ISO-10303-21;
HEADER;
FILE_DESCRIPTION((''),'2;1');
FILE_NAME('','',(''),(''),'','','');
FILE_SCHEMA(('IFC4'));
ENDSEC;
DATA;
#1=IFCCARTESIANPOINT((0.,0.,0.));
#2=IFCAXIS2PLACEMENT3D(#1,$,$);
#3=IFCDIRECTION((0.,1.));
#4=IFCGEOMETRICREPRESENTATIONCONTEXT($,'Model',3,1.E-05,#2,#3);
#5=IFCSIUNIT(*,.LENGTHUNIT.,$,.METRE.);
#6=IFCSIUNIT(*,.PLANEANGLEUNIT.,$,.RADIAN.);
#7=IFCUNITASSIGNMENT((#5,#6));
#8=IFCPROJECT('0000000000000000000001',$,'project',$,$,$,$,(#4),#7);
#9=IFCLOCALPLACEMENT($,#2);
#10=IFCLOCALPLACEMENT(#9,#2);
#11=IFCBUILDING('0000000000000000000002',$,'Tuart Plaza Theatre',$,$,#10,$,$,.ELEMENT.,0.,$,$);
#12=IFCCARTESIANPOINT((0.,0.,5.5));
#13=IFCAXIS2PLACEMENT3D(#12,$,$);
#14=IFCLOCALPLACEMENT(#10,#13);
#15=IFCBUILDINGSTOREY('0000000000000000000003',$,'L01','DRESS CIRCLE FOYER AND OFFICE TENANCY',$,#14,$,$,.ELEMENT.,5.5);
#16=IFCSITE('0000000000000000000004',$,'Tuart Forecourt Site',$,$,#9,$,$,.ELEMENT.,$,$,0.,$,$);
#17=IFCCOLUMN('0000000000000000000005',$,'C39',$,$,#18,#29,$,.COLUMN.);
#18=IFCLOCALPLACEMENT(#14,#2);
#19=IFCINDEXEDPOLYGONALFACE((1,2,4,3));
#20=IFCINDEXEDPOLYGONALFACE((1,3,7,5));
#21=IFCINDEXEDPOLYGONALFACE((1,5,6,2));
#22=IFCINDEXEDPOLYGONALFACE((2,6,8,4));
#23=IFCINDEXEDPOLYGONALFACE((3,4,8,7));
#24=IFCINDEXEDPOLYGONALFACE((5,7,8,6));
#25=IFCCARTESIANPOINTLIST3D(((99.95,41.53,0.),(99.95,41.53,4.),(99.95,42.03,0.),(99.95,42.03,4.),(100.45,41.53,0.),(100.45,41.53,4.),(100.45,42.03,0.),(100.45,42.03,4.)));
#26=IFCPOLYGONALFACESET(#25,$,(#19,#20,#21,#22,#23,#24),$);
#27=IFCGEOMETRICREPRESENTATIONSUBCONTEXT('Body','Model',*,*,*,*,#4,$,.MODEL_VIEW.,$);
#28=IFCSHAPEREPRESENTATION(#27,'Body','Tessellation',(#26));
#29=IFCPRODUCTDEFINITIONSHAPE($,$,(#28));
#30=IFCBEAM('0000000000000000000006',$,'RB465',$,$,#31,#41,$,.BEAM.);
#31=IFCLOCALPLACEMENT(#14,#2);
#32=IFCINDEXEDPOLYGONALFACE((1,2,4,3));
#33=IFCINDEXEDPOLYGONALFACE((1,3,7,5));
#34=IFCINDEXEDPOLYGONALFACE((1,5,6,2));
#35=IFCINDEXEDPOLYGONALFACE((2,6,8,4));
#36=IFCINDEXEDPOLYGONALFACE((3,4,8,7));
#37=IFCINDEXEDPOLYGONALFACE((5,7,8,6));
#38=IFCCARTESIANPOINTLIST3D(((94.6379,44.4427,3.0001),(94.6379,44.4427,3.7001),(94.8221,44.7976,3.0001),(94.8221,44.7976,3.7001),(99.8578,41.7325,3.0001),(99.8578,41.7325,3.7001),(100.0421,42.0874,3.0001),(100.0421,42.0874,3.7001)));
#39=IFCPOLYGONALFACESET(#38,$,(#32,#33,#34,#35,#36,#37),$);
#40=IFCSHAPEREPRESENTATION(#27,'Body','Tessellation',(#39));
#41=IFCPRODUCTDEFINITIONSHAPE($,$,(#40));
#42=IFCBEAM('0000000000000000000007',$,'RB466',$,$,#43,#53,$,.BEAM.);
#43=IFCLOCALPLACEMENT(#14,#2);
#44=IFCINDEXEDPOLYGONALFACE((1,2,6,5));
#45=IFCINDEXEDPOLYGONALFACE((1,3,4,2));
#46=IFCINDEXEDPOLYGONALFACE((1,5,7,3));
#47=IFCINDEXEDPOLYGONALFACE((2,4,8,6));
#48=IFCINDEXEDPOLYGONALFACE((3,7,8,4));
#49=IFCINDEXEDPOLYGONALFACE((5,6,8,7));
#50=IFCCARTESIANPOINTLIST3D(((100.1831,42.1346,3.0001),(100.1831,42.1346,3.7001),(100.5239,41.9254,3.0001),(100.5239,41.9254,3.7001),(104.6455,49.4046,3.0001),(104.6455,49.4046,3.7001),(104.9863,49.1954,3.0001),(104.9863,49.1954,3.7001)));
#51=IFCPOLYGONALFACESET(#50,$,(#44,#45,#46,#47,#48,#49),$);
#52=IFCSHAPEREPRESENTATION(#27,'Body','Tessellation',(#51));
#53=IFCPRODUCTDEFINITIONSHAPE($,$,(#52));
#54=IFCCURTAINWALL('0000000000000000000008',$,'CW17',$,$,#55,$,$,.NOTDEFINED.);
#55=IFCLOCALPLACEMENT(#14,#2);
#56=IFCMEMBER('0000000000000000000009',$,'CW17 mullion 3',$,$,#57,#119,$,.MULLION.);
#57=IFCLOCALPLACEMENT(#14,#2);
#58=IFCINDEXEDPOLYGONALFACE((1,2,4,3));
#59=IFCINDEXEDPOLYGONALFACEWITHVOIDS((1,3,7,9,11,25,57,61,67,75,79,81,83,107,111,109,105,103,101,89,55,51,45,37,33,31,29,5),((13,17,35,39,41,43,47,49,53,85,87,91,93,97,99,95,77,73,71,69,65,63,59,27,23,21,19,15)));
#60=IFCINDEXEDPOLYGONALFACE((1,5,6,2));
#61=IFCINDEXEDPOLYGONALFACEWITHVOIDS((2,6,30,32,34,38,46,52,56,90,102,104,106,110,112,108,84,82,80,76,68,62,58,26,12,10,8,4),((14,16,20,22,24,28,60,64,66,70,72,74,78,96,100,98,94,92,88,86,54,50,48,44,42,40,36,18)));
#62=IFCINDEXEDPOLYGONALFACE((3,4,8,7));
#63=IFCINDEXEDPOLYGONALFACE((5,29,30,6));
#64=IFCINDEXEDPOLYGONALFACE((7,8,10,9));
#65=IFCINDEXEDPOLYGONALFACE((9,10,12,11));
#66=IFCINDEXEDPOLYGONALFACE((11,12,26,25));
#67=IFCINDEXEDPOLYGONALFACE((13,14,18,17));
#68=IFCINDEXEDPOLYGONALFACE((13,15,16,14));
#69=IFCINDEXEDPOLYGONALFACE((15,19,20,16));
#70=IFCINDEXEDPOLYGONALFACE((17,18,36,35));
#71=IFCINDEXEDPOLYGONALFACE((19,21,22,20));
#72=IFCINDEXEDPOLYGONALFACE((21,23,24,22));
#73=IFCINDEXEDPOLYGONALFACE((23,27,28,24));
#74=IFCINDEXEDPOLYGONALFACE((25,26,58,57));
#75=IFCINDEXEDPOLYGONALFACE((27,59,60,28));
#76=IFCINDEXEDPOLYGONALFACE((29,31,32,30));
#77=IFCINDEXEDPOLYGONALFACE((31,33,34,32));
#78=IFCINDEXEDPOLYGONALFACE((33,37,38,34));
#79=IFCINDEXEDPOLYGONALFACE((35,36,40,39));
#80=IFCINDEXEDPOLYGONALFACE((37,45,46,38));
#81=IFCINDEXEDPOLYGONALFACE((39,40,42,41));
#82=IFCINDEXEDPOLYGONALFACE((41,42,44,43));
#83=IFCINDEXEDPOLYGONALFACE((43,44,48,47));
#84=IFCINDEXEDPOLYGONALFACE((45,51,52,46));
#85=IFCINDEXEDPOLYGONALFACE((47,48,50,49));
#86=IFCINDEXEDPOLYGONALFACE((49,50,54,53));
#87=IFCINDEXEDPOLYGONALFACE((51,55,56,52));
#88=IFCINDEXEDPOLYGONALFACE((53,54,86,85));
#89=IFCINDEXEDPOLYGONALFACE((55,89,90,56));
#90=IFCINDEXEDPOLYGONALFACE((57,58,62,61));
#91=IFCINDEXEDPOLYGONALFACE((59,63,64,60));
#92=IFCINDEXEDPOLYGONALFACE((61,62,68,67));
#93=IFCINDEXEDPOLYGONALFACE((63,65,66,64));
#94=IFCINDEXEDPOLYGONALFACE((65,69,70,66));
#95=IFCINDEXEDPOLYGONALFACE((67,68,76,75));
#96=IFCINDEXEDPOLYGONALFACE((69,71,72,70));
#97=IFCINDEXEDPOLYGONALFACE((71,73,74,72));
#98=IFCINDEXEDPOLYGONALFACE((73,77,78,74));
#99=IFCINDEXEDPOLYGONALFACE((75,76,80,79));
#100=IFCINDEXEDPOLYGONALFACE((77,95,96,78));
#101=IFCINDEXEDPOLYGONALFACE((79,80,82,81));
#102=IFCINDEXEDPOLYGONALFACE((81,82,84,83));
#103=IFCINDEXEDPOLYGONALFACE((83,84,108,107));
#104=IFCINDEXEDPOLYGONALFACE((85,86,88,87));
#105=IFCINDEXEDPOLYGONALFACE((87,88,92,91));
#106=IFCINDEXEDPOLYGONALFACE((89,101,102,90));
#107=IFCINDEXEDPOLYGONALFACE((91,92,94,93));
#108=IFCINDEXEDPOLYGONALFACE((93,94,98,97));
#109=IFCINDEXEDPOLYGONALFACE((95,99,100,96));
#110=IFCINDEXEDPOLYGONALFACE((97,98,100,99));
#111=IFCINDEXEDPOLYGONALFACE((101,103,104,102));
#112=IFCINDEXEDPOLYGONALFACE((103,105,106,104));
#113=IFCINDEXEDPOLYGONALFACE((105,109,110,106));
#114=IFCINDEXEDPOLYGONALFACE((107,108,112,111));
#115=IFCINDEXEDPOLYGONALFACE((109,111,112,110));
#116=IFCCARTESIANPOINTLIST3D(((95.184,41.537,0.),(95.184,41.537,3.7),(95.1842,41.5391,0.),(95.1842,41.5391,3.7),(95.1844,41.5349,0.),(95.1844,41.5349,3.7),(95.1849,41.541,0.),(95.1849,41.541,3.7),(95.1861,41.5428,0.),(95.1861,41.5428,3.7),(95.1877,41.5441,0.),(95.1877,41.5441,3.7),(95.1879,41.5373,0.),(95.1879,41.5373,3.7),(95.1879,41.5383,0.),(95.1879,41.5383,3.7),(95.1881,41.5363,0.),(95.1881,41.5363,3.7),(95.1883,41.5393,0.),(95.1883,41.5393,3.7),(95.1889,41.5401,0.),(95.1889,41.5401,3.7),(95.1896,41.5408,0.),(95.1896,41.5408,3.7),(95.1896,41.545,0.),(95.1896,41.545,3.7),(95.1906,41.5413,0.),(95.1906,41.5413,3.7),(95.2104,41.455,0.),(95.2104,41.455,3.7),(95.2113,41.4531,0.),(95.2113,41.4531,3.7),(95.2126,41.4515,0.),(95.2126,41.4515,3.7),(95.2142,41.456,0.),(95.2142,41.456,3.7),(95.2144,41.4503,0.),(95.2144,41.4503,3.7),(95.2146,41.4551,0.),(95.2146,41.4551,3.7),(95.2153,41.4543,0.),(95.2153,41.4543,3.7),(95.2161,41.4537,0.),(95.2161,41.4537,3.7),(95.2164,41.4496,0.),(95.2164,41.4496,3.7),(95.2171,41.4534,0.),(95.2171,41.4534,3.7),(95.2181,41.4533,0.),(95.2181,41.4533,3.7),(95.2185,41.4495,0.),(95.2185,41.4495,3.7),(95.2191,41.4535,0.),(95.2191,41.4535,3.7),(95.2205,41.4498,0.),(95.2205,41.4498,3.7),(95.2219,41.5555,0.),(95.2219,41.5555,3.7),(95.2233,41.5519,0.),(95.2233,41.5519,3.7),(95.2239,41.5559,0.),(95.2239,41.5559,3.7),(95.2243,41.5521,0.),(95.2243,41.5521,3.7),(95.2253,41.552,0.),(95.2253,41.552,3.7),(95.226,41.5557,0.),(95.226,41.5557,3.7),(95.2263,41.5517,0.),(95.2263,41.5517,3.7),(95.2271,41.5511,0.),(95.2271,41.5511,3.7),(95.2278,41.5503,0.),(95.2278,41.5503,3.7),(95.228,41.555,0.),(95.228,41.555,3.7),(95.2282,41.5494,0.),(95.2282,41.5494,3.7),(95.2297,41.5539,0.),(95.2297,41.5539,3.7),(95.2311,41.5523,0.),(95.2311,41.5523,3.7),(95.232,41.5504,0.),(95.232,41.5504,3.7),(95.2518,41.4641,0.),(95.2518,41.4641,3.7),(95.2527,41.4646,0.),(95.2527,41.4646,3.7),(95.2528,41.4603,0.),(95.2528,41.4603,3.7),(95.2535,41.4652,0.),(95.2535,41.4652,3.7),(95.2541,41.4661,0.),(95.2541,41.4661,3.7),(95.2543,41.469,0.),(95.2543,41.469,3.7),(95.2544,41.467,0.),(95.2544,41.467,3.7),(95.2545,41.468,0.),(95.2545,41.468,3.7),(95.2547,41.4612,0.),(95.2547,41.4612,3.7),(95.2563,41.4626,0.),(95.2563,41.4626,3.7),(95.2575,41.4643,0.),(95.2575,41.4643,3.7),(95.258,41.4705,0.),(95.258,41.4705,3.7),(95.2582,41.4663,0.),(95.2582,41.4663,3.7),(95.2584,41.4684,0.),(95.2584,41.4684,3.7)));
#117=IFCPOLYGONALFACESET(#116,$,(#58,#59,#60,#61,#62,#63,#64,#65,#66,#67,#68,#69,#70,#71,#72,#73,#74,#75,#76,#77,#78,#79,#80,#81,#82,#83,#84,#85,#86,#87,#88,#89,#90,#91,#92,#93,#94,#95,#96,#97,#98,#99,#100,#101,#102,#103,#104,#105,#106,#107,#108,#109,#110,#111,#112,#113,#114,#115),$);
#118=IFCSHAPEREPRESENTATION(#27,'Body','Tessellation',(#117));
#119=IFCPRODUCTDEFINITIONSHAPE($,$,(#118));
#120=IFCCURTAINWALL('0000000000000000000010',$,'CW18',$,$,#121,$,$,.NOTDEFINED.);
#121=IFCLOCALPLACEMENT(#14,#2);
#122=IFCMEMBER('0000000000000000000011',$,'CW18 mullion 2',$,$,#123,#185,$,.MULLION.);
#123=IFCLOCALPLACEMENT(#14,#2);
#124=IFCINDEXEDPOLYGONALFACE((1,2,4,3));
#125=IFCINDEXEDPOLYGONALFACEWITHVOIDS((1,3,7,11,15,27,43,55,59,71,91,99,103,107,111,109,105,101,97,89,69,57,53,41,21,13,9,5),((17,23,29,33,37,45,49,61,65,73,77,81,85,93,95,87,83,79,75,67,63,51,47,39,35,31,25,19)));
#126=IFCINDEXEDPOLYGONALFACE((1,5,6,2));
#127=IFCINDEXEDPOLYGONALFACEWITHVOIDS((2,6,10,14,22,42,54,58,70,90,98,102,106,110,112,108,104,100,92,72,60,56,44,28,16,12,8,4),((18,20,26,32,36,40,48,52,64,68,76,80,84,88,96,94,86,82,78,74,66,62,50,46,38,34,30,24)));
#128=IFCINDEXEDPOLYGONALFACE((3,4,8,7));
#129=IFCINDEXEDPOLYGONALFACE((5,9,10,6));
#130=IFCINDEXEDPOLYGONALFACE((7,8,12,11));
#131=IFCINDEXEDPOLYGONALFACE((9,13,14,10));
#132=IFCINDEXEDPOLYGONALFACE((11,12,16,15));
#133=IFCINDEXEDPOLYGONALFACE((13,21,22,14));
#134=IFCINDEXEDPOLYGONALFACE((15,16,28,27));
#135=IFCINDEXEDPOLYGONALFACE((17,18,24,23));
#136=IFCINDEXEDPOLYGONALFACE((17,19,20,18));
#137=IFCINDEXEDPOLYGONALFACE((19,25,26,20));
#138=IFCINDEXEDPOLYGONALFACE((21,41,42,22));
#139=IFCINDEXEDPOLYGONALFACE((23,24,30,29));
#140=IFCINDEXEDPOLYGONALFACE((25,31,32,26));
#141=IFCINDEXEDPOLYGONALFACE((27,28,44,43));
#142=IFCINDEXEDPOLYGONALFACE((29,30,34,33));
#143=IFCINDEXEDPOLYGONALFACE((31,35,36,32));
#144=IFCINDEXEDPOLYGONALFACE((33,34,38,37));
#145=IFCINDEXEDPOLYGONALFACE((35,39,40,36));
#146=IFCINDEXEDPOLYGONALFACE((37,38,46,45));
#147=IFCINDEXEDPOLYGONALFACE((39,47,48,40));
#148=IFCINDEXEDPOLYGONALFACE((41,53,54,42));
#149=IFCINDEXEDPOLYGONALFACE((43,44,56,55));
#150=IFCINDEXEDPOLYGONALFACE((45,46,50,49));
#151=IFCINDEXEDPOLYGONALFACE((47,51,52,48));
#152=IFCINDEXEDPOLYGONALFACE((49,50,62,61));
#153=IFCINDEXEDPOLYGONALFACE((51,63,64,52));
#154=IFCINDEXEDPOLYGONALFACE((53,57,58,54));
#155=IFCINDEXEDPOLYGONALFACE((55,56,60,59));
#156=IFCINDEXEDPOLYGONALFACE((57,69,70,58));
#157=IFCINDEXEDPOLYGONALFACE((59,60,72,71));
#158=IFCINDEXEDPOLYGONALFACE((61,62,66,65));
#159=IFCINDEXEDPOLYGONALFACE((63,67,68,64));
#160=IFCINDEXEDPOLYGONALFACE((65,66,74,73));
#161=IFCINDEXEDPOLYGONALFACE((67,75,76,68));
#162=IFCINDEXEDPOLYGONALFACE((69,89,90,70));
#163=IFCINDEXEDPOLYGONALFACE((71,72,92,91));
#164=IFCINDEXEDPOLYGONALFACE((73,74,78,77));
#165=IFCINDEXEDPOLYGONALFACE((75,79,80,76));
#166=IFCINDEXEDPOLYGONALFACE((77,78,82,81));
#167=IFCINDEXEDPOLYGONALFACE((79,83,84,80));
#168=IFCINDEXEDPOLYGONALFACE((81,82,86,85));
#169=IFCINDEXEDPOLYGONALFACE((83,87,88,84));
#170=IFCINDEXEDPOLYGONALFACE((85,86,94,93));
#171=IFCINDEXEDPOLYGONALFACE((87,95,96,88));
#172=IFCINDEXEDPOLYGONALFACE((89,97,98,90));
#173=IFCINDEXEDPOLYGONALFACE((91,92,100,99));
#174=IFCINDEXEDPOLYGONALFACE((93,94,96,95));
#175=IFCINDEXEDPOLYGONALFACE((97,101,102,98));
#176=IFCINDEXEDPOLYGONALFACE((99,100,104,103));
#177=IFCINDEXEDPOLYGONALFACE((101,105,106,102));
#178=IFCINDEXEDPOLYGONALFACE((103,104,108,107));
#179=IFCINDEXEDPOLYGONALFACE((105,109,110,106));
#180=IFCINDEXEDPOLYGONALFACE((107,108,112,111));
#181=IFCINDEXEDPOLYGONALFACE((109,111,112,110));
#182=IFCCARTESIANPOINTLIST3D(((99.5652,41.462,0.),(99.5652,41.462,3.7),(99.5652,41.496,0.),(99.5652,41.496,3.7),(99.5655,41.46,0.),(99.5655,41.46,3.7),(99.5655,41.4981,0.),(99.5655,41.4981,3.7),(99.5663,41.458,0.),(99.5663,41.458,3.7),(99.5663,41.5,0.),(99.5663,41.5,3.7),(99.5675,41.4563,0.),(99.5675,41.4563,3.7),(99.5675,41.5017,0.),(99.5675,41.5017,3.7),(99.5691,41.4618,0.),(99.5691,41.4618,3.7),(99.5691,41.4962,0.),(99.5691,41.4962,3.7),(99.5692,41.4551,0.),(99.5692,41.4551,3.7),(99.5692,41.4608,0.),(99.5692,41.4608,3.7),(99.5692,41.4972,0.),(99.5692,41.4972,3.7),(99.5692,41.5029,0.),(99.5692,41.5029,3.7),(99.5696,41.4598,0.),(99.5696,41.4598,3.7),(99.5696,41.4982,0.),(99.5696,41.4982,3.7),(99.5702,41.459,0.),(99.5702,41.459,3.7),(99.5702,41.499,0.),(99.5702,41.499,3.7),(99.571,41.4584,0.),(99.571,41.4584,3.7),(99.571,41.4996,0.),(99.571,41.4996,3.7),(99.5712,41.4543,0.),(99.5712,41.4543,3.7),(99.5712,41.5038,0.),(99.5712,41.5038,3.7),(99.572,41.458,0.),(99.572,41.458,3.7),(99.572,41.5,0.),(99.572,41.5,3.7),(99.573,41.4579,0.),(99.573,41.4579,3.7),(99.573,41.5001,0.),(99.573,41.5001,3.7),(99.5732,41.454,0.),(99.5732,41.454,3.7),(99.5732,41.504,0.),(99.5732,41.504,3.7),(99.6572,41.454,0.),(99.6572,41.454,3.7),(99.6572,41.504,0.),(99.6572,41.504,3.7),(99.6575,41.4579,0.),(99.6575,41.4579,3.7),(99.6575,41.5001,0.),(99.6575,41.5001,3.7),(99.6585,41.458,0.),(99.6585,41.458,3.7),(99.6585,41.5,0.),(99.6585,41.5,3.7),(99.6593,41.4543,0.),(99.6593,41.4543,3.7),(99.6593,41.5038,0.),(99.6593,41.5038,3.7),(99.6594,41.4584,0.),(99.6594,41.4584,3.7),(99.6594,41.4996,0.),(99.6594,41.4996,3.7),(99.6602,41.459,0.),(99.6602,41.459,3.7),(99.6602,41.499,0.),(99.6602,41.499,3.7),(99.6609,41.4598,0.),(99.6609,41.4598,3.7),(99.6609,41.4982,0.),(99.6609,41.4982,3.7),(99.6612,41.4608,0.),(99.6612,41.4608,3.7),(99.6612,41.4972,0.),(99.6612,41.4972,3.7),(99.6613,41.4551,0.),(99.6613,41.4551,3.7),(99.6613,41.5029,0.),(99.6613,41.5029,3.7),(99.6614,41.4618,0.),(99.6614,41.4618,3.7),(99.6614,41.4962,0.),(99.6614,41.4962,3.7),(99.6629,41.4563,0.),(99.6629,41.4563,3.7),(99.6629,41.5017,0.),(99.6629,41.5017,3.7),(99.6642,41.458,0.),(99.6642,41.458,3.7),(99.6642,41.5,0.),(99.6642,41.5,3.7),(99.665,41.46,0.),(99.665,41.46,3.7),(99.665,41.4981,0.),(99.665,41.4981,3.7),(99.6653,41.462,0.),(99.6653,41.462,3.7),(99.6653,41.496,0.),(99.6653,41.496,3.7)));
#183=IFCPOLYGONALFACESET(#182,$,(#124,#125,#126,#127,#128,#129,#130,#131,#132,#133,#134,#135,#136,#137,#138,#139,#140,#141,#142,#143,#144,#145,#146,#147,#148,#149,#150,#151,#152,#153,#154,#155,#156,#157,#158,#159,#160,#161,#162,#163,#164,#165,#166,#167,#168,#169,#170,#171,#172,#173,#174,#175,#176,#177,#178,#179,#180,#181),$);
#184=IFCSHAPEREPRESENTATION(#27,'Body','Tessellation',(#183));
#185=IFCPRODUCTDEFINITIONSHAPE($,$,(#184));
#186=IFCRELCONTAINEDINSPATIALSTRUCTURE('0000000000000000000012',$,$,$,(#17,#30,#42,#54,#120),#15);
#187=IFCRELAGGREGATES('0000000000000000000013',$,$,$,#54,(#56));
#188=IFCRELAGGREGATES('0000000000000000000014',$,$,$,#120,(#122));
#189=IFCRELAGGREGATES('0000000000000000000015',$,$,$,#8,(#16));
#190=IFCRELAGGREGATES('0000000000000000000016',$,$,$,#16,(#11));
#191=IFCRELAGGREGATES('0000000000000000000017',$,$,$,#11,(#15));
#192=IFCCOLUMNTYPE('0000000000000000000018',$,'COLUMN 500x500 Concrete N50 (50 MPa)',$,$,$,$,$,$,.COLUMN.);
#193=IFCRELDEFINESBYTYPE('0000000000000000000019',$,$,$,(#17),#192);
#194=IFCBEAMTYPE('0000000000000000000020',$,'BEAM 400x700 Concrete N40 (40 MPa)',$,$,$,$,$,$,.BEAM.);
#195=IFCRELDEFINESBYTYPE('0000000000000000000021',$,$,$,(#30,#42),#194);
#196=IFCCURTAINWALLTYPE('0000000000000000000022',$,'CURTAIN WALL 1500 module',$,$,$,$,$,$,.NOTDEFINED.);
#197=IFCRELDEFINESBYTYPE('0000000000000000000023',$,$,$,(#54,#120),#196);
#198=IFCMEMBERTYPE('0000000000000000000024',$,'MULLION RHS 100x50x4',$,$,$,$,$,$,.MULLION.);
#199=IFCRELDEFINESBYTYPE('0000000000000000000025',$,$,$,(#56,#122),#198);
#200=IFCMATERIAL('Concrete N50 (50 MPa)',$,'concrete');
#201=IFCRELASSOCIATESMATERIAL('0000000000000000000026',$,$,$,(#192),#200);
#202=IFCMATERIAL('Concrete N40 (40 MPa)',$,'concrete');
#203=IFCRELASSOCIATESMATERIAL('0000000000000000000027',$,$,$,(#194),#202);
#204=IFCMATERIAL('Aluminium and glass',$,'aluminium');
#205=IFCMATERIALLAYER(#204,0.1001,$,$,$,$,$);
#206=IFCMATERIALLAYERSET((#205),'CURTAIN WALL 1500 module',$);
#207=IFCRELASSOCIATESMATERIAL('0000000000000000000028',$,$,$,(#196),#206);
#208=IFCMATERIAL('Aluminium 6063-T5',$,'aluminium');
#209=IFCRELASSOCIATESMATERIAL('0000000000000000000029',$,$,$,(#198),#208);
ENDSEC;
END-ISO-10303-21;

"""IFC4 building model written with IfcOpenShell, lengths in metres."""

from ifc_helpers import new_model, si_unit, direction, frame, origin, origin_2d, place, context, subcontext, project, spatial, rectangle, hollow_rectangle, extrude, material, layer, layer_set, material_profile, profile_set, type_object, element, aggregate, save


model = new_model("IFC4")

# Units and contexts
model_context = context("Model", 3, precision=1e-05, world=origin(), true_north=direction((0.0, 1.0)))
body_context = subcontext(model_context, "Body", "Model", "MODEL_VIEW")
ifc_project = project(units=[si_unit("LENGTHUNIT", "METRE"), si_unit("PLANEANGLEUNIT", "RADIAN")], contexts=[model_context])

# Site, building, storey
site_placement = place(None, origin())
site = spatial("IfcSite", under=ifc_project, at=site_placement, Name="Tuart Forecourt Site", CompositionType="ELEMENT", RefElevation=0.0)
building_placement = place(site_placement, origin())
building = spatial("IfcBuilding", under=site, at=building_placement, Name="Tuart Plaza Theatre", CompositionType="ELEMENT", ElevationOfRefHeight=0.0)
storey_placement = place(building_placement, frame((0.0, 0.0, 5.5)))
storey = spatial("IfcBuildingStorey", under=building, at=storey_placement, Name="L01", Description="DRESS CIRCLE FOYER AND OFFICE TENANCY", CompositionType="ELEMENT", Elevation=5.5)

# Column
ifc_material_1 = material(Name="Concrete N50 (50 MPa)", Category="concrete")
ifc_material_profile_1 = material_profile(ifc_material_1, rectangle(XDim=0.5, YDim=0.5, at=origin_2d()), Name="COLUMN 500x500 Concrete N50 (50 MPa)")
ifc_profile_set_1 = profile_set([ifc_material_profile_1], Name="Concrete N50 (50 MPa)")
column_type = type_object("IfcColumnType", Name="COLUMN 500x500 Concrete N50 (50 MPa)", PredefinedType="COLUMN", material=ifc_profile_set_1)
column_placement = place(storey_placement, frame((100.2, 41.78, 0.0), z_axis=(0.0, 0.0, 1.0), x_axis=(1.0, 0.0, 0.0)))
element("IfcColumn", 1, at=column_placement, inside=storey, type_object=column_type, Name="C39", PredefinedType="COLUMN", context=body_context, shape_type="SweptSolid", body=[
    extrude(rectangle(XDim=0.5, YDim=0.5, at=origin_2d()), origin(), (0.0, 0.0, 1.0), 4.0),
])

# Beams
ifc_material_2 = material(Name="Concrete N40 (40 MPa)", Category="concrete")
ifc_material_profile_2 = material_profile(ifc_material_2, rectangle(XDim=0.3999, YDim=0.7, at=origin_2d()), Name="BEAM 400x700 Concrete N40 (40 MPa)")
ifc_profile_set_2 = profile_set([ifc_material_profile_2], Name="Concrete N40 (40 MPa)")
beam_type = type_object("IfcBeamType", Name="BEAM 400x700 Concrete N40 (40 MPa)", PredefinedType="BEAM", material=ifc_profile_set_2)
beam_1_placement = place(storey_placement, frame((99.95, 41.9099, 3.3501), z_axis=(-0.887508, 0.460793, 0.0), x_axis=(-0.460793, -0.887508, 0.0)))
element("IfcBeam", 2, at=beam_1_placement, inside=storey, type_object=beam_type, Name="RB465", PredefinedType="BEAM", context=body_context, shape_type="SweptSolid", body=[
    extrude(rectangle(XDim=0.3999, YDim=0.7, at=origin_2d()), origin(), (0.0, 0.0, 1.0), 5.8816),
])
beam_2_placement = place(storey_placement, frame((100.3535, 42.03, 3.3501), z_axis=(0.523123, 0.852257, 0.0), x_axis=(-0.852257, 0.523123, 0.0)))
element("IfcBeam", 3, at=beam_2_placement, inside=storey, type_object=beam_type, Name="RB466", PredefinedType="BEAM", context=body_context, shape_type="SweptSolid", body=[
    extrude(rectangle(XDim=0.3999, YDim=0.7, at=origin_2d()), origin(), (0.0, 0.0, 1.0), 8.5303),
])

# Curtain wall, member
ifc_material_3 = material(Name="Aluminium and glass", Category="aluminium")
ifc_layer_1 = layer(ifc_material_3, 0.1001)
ifc_layer_set_1 = layer_set([ifc_layer_1], Name="CURTAIN WALL 1500 module")
curtain_wall_type = type_object("IfcCurtainWallType", Name="CURTAIN WALL 1500 module", PredefinedType="NOTDEFINED", material=ifc_layer_set_1)
curtain_wall_1_placement = place(storey_placement, origin())
curtain_wall_1 = element("IfcCurtainWall", 4, at=curtain_wall_1_placement, inside=storey, type_object=curtain_wall_type, Name="CW17", PredefinedType="NOTDEFINED")
ifc_material_4 = material(Name="Aluminium 6063-T5", Category="aluminium")
ifc_material_profile_3 = material_profile(ifc_material_4, hollow_rectangle(XDim=0.05, YDim=0.1001, WallThickness=0.0039, InnerFilletRadius=0.0039, OuterFilletRadius=0.0081, at=origin_2d()), Name="RHS 100x50x4")
ifc_profile_set_3 = profile_set([ifc_material_profile_3], Name="Aluminium 6063-T5")
member_type_1 = type_object("IfcMemberType", Name="MULLION RHS 100x50x4", PredefinedType="MULLION", material=ifc_profile_set_3)
member_1_placement = place(storey_placement, frame((95.2212, 41.5027, 0.0), z_axis=(0.0, 0.0, 1.0), x_axis=(0.951056, 0.309018, 0.0)))
member_1 = element("IfcMember", 5, at=member_1_placement, type_object=member_type_1, Name="CW17 mullion 3", PredefinedType="MULLION", context=body_context, shape_type="SweptSolid", body=[
    extrude(hollow_rectangle(XDim=0.05, YDim=0.1001, WallThickness=0.0039, InnerFilletRadius=0.0039, OuterFilletRadius=0.0081, at=origin_2d()), origin(), (0.0, 0.0, 1.0), 3.7),
])

# Curtain wall, member
curtain_wall_2_placement = place(storey_placement, origin())
curtain_wall_2 = element("IfcCurtainWall", 6, at=curtain_wall_2_placement, inside=storey, type_object=curtain_wall_type, Name="CW18", PredefinedType="NOTDEFINED")
member_2_placement = place(storey_placement, frame((99.6152, 41.479, 0.0), z_axis=(0.0, 0.0, 1.0), x_axis=(0.0, 1.0, 0.0)))
member_2 = element("IfcMember", 7, at=member_2_placement, type_object=member_type_1, Name="CW18 mullion 2", PredefinedType="MULLION", context=body_context, shape_type="SweptSolid", body=[
    extrude(hollow_rectangle(XDim=0.05, YDim=0.1001, WallThickness=0.0039, InnerFilletRadius=0.0039, OuterFilletRadius=0.0081, at=origin_2d()), origin(), (0.0, 0.0, 1.0), 3.7),
])

aggregate(curtain_wall_1, [member_1])
aggregate(curtain_wall_2, [member_2])

save(model, "model.ifc")
